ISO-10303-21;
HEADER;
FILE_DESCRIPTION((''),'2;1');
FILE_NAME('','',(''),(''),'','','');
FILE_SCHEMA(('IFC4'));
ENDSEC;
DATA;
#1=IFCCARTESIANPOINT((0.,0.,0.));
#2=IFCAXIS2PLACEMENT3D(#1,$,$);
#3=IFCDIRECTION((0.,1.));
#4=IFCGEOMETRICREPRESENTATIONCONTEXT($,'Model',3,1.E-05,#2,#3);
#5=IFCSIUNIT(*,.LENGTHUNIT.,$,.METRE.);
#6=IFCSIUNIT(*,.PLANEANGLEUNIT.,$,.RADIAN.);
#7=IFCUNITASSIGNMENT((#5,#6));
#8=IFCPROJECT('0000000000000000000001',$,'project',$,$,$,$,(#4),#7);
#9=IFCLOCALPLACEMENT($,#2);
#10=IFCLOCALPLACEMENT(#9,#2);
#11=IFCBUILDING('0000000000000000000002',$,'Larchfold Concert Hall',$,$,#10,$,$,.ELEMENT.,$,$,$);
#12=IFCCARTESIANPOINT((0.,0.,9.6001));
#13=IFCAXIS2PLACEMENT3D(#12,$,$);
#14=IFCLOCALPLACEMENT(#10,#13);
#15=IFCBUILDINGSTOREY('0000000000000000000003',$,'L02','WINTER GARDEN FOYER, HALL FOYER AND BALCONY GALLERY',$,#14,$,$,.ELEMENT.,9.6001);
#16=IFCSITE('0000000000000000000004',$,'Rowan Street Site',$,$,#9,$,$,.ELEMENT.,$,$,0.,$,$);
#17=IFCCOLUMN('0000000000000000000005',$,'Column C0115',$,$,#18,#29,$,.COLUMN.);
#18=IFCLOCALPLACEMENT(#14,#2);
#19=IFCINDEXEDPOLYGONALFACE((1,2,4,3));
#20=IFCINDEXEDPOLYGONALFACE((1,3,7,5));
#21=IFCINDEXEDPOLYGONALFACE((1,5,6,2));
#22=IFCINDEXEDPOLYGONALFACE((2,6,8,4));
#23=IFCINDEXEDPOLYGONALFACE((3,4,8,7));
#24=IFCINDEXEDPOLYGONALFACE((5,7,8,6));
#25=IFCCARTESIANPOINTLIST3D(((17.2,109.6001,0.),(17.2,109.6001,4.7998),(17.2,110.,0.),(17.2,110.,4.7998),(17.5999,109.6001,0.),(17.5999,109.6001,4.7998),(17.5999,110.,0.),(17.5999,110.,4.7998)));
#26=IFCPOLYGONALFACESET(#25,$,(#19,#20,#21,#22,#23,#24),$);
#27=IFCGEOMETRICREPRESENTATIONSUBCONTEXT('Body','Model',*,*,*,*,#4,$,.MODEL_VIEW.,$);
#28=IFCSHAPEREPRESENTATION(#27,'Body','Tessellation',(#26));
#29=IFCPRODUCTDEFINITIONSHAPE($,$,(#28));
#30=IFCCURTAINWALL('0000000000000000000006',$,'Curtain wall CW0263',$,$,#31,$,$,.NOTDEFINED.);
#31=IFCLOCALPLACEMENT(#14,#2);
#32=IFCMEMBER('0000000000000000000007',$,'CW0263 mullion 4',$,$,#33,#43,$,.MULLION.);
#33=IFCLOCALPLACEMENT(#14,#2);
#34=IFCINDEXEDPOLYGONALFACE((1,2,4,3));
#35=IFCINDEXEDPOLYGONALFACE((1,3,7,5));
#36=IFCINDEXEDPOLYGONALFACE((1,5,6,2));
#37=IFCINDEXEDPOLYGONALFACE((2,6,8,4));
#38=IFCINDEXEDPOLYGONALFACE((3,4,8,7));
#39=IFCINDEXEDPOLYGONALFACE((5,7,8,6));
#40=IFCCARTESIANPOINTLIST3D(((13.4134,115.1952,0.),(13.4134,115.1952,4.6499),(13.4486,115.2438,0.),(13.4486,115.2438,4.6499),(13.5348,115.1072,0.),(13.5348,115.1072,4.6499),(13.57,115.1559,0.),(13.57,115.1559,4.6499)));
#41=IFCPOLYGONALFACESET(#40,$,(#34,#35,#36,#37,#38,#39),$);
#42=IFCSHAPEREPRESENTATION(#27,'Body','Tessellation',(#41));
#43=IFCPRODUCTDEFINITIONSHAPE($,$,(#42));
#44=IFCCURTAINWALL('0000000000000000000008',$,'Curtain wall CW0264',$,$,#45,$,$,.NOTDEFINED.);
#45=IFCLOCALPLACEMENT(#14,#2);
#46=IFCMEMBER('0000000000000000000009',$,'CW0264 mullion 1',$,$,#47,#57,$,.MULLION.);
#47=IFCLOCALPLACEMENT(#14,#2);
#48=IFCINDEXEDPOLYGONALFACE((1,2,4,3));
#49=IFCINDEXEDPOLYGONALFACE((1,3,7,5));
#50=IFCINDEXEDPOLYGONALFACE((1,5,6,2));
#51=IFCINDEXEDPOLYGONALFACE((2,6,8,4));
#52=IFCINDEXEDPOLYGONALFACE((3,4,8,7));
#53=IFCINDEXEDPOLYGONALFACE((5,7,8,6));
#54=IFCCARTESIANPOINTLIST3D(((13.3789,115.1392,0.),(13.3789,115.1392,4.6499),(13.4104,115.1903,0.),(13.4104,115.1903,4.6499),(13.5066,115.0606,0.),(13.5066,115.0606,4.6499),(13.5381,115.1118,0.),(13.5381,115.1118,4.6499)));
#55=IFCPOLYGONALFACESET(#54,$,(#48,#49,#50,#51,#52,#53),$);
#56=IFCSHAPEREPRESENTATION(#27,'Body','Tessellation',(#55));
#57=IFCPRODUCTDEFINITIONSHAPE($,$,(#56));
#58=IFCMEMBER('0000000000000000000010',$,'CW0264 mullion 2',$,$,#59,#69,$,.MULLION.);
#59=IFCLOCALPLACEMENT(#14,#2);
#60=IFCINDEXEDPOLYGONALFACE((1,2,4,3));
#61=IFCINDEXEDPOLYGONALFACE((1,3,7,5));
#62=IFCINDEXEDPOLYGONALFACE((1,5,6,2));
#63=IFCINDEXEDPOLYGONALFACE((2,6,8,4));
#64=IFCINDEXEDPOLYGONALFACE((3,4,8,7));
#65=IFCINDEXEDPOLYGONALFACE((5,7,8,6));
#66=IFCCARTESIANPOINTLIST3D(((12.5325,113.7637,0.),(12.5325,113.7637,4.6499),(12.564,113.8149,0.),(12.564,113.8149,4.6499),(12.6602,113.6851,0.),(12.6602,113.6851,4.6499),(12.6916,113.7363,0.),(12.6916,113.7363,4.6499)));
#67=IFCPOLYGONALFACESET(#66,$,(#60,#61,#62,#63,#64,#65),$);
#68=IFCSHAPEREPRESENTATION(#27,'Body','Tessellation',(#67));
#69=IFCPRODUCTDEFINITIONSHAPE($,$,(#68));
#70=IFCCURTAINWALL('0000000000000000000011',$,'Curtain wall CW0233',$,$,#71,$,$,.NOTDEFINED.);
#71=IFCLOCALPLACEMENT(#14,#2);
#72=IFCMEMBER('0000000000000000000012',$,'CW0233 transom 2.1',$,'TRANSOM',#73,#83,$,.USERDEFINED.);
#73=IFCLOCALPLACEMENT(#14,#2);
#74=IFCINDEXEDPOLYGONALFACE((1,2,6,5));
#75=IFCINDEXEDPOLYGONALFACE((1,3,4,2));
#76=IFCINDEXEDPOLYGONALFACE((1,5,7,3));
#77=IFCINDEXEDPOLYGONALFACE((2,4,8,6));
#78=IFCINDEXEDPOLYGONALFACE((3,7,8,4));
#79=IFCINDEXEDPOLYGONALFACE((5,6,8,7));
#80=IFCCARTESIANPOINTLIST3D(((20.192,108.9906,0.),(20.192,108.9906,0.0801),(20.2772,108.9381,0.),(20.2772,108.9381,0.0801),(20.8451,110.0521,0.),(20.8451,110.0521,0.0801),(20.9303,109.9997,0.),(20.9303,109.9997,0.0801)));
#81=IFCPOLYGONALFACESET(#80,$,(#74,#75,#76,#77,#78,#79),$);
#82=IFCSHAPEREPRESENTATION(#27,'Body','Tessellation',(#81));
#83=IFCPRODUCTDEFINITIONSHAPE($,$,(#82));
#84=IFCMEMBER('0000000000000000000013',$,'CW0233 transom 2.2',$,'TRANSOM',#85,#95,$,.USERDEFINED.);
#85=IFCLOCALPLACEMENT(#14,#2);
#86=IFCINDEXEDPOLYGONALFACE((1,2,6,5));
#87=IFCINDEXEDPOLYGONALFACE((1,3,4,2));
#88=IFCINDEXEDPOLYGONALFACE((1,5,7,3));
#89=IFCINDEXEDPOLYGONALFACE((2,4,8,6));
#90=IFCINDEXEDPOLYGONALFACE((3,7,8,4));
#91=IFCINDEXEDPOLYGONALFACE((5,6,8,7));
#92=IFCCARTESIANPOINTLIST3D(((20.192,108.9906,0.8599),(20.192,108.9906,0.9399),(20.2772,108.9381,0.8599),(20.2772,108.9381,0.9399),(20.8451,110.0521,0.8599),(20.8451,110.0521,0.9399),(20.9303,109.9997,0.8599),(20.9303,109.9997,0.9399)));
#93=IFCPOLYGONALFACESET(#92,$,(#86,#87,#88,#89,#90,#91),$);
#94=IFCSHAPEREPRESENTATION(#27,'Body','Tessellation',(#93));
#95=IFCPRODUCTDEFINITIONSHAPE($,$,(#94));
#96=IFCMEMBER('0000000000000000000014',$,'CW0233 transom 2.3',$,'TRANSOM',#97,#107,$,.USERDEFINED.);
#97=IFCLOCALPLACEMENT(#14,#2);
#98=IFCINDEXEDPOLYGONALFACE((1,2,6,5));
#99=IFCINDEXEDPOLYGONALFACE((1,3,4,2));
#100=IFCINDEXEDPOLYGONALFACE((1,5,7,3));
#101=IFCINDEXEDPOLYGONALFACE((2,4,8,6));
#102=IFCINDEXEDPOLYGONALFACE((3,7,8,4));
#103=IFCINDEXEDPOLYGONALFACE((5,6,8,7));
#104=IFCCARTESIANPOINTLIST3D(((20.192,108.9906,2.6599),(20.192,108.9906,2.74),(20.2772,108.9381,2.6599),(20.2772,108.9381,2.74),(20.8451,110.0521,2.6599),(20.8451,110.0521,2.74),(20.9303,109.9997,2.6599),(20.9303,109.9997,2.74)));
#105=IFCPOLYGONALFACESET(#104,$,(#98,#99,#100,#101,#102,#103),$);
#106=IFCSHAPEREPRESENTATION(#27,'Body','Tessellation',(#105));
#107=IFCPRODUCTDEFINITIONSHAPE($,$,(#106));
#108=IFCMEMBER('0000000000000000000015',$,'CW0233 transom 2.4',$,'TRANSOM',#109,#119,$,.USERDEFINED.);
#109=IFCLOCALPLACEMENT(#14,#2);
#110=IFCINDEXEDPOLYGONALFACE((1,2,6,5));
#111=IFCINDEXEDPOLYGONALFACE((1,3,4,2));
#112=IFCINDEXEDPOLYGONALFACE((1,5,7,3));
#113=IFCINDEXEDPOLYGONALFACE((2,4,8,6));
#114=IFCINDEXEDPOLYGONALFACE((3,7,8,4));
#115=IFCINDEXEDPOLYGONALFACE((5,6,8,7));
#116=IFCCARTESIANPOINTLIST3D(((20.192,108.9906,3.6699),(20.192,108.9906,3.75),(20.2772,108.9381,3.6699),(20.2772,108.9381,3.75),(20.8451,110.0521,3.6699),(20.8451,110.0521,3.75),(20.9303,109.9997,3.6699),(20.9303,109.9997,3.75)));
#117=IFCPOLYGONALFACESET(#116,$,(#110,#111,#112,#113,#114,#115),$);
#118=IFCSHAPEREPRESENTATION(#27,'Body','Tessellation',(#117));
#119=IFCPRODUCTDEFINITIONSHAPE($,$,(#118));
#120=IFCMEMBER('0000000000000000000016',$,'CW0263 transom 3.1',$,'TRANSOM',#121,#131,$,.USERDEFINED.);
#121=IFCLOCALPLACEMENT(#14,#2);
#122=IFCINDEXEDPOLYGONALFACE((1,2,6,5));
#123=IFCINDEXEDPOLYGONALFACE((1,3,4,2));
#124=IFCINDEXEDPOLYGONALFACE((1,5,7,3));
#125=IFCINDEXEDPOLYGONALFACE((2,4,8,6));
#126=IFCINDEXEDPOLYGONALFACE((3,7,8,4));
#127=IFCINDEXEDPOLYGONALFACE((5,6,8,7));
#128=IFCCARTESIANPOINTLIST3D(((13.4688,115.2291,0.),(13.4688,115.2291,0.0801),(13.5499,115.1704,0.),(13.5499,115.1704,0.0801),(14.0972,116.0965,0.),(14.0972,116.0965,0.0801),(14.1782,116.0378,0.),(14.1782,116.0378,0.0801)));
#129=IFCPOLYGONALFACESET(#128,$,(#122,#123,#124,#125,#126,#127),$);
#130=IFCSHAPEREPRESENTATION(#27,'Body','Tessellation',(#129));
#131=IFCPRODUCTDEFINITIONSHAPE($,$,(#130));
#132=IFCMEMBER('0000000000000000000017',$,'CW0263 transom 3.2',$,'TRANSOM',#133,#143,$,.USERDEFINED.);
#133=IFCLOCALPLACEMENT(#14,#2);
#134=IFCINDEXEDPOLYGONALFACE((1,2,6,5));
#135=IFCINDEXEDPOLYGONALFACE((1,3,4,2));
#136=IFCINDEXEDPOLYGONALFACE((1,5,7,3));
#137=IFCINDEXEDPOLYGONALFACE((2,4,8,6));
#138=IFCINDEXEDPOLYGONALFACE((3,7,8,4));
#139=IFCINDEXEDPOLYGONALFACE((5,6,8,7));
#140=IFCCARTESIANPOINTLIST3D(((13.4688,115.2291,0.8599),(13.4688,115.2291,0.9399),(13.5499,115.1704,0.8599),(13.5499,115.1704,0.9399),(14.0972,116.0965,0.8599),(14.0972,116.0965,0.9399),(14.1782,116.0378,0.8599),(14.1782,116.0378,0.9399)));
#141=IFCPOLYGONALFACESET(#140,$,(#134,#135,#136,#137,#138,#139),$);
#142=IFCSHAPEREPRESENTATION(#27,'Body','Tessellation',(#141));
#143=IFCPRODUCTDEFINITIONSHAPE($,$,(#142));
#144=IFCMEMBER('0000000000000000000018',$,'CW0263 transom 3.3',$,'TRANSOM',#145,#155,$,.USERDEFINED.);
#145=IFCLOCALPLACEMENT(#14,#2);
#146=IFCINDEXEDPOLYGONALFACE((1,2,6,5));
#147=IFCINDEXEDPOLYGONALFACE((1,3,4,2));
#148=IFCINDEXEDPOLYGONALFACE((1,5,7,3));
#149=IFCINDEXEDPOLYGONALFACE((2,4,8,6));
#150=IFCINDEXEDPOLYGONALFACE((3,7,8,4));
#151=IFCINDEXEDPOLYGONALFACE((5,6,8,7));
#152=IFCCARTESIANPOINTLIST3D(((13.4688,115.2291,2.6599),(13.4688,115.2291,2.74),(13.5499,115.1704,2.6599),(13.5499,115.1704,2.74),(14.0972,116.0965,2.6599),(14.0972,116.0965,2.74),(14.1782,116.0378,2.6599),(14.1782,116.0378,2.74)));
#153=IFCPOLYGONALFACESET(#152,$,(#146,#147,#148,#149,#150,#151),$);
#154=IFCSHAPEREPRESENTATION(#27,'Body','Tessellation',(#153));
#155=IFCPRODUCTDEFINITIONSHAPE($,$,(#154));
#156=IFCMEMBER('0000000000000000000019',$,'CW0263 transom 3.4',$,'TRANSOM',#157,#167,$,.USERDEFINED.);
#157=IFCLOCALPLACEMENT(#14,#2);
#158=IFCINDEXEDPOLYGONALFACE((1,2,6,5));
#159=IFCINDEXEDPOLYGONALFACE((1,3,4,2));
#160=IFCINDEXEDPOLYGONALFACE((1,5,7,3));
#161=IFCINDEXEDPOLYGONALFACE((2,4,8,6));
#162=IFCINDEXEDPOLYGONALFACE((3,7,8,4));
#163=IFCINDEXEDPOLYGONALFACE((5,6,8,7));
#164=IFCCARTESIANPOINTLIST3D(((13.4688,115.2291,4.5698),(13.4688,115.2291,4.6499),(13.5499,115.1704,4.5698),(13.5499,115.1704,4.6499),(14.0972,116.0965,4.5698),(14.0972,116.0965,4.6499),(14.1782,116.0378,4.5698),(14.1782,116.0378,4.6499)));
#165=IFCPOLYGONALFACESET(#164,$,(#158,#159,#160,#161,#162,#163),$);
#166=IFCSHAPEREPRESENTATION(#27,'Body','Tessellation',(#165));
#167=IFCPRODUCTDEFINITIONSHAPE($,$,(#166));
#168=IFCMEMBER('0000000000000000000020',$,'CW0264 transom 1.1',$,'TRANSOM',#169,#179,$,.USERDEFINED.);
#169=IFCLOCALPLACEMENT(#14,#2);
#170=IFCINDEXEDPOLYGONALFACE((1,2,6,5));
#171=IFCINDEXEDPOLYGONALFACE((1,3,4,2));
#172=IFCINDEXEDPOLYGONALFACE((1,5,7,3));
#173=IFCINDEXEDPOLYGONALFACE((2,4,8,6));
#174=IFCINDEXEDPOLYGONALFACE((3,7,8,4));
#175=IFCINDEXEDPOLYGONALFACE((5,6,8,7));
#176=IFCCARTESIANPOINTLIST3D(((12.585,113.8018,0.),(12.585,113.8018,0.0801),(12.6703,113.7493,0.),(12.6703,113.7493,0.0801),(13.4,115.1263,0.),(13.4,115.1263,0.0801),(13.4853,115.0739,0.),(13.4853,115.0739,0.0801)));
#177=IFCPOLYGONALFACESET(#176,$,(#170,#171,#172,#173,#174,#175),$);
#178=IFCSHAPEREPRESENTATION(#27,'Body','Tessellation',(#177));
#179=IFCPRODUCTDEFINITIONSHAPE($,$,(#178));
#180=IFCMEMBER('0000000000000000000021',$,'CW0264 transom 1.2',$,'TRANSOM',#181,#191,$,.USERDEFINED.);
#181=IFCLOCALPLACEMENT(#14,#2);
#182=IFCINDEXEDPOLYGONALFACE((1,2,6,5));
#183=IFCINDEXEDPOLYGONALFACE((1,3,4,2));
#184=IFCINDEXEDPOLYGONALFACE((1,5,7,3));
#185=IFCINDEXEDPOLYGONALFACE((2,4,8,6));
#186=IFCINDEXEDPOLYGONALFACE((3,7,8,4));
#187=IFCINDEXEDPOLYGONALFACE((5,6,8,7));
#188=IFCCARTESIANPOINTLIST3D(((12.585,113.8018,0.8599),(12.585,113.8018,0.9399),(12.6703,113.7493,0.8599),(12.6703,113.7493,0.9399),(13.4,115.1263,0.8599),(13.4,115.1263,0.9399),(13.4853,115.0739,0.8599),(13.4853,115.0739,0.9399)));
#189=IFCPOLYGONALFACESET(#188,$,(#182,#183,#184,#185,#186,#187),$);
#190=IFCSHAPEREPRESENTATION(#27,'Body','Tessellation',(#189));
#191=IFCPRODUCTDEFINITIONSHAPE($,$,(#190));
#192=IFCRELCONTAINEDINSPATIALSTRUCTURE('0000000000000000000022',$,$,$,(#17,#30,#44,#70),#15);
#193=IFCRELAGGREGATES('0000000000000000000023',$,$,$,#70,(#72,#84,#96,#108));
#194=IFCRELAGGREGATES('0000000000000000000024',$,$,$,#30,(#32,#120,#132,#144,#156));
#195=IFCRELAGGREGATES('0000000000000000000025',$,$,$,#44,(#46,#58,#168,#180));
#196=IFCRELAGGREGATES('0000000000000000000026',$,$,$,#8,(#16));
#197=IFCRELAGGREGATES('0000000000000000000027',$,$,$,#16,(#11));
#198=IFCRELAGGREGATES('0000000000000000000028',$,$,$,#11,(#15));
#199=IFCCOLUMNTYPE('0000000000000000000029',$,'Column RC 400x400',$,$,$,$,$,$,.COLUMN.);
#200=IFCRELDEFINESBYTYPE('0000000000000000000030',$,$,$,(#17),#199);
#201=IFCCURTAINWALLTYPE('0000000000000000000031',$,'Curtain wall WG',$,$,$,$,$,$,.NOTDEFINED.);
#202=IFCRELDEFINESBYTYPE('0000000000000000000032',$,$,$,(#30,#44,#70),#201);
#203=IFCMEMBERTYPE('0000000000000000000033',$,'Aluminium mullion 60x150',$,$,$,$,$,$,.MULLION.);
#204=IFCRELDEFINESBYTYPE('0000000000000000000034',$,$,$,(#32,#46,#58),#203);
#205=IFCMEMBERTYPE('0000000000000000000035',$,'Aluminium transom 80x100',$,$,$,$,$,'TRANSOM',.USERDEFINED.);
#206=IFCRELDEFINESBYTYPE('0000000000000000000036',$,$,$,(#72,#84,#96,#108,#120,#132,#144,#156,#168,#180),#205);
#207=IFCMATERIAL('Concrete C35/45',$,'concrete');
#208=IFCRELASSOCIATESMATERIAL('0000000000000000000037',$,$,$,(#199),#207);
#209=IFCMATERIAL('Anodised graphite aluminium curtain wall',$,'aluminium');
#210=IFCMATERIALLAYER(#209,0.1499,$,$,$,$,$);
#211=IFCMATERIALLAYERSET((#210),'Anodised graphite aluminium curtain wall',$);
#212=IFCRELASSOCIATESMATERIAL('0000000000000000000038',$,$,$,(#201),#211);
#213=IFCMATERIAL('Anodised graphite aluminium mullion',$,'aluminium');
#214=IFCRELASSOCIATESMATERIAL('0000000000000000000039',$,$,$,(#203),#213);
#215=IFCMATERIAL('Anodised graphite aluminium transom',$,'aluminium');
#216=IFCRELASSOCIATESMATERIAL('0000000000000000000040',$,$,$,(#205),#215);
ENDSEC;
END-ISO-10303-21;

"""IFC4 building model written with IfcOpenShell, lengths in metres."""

from ifc_helpers import new_model, si_unit, direction, frame, origin, origin_2d, place, context, subcontext, project, spatial, rectangle, extrude, material, layer, layer_set, material_profile, profile_set, type_object, element, aggregate, save


model = new_model("IFC4")

# Units and contexts
model_context = context("Model", 3, precision=1e-05, world=origin(), true_north=direction((0.0, 1.0)))
body_context = subcontext(model_context, "Body", "Model", "MODEL_VIEW")
ifc_project = project(units=[si_unit("LENGTHUNIT", "METRE"), si_unit("PLANEANGLEUNIT", "RADIAN")], contexts=[model_context])

# Site, building, storey
site_placement = place(None, origin())
site = spatial("IfcSite", under=ifc_project, at=site_placement, Name="Rowan Street Site", CompositionType="ELEMENT", RefElevation=0.0)
building_placement = place(site_placement, origin())
building = spatial("IfcBuilding", under=site, at=building_placement, Name="Larchfold Concert Hall", CompositionType="ELEMENT")
storey_placement = place(building_placement, frame((0.0, 0.0, 9.6001)))
storey = spatial("IfcBuildingStorey", under=building, at=storey_placement, Name="L02", Description="WINTER GARDEN FOYER, HALL FOYER AND BALCONY GALLERY", CompositionType="ELEMENT", Elevation=9.6001)

# Column
ifc_material_1 = material(Name="Concrete C35/45", Category="concrete")
ifc_material_profile_1 = material_profile(ifc_material_1, rectangle(XDim=0.3999, YDim=0.3999, at=origin_2d()))
ifc_profile_set_1 = profile_set([ifc_material_profile_1], Name="Concrete C35/45")
column_type = type_object("IfcColumnType", Name="Column RC 400x400", PredefinedType="COLUMN", material=ifc_profile_set_1)
column_placement = place(storey_placement, frame((17.3999, 109.8, 0.0), z_axis=(0.0, 0.0, 1.0), x_axis=(1.0, 0.0, 0.0)))
element("IfcColumn", 1, at=column_placement, inside=storey, type_object=column_type, Name="Column C0115", PredefinedType="COLUMN", context=body_context, shape_type="SweptSolid", body=[
    extrude(rectangle(XDim=0.3999, YDim=0.3999, at=origin_2d()), origin(), (0.0, 0.0, 1.0), 4.7998),
])

# Curtain wall, member
ifc_material_2 = material(Name="Anodised graphite aluminium curtain wall", Category="aluminium")
ifc_layer_1 = layer(ifc_material_2, 0.1499)
ifc_layer_set_1 = layer_set([ifc_layer_1], Name="Anodised graphite aluminium curtain wall")
curtain_wall_type = type_object("IfcCurtainWallType", Name="Curtain wall WG", PredefinedType="NOTDEFINED", material=ifc_layer_set_1)
curtain_wall_1_placement = place(storey_placement, origin())
curtain_wall_1 = element("IfcCurtainWall", 2, at=curtain_wall_1_placement, inside=storey, type_object=curtain_wall_type, Name="Curtain wall CW0263", PredefinedType="NOTDEFINED")
ifc_material_3 = material(Name="Anodised graphite aluminium mullion", Category="aluminium")
ifc_material_profile_2 = material_profile(ifc_material_3, rectangle(XDim=0.1499, YDim=0.0601, at=origin_2d()))
ifc_profile_set_2 = profile_set([ifc_material_profile_2], Name="Anodised graphite aluminium mullion")
member_type_1 = type_object("IfcMemberType", Name="Aluminium mullion 60x150", PredefinedType="MULLION", material=ifc_profile_set_2)
member_1_placement = place(storey_placement, frame((13.4917, 115.1755, 0.0), z_axis=(0.0, 0.0, 1.0), x_axis=(0.809847, -0.586641, 0.0)))
member_1 = element("IfcMember", 3, at=member_1_placement, type_object=member_type_1, Name="CW0263 mullion 4", PredefinedType="MULLION", context=body_context, shape_type="SweptSolid", body=[
    extrude(rectangle(XDim=0.1499, YDim=0.0601, at=origin_2d()), origin(), (0.0, 0.0, 1.0), 4.6499),
])

# Curtain walls, members
curtain_wall_2_placement = place(storey_placement, origin())
curtain_wall_2 = element("IfcCurtainWall", 4, at=curtain_wall_2_placement, inside=storey, type_object=curtain_wall_type, Name="Curtain wall CW0264", PredefinedType="NOTDEFINED")
member_2_placement = place(storey_placement, frame((13.4585, 115.1255, 0.0), z_axis=(0.0, 0.0, 1.0), x_axis=(0.851651, -0.52411, 0.0)))
member_2 = element("IfcMember", 5, at=member_2_placement, type_object=member_type_1, Name="CW0264 mullion 1", PredefinedType="MULLION", context=body_context, shape_type="SweptSolid", body=[
    extrude(rectangle(XDim=0.1499, YDim=0.0601, at=origin_2d()), origin(), (0.0, 0.0, 1.0), 4.6499),
])
member_3_placement = place(storey_placement, frame((12.6121, 113.75, 0.0), z_axis=(0.0, 0.0, 1.0), x_axis=(0.851651, -0.52411, 0.0)))
member_3 = element("IfcMember", 6, at=member_3_placement, type_object=member_type_1, Name="CW0264 mullion 2", PredefinedType="MULLION", context=body_context, shape_type="SweptSolid", body=[
    extrude(rectangle(XDim=0.1499, YDim=0.0601, at=origin_2d()), origin(), (0.0, 0.0, 1.0), 4.6499),
])
curtain_wall_3_placement = place(storey_placement, origin())
curtain_wall_3 = element("IfcCurtainWall", 7, at=curtain_wall_3_placement, inside=storey, type_object=curtain_wall_type, Name="Curtain wall CW0233", PredefinedType="NOTDEFINED")
ifc_material_4 = material(Name="Anodised graphite aluminium transom", Category="aluminium")
ifc_material_profile_3 = material_profile(ifc_material_4, rectangle(XDim=0.1001, YDim=0.0801, at=origin_2d()))
ifc_profile_set_3 = profile_set([ifc_material_profile_3], Name="Anodised graphite aluminium transom")
member_type_2 = type_object("IfcMemberType", Name="Aluminium transom 80x100", ElementType="TRANSOM", PredefinedType="USERDEFINED", material=ifc_profile_set_3)
member_4_placement = place(storey_placement, frame((20.2346, 108.9644, 0.04), z_axis=(0.523999, 0.851719, 0.0), x_axis=(-0.851719, 0.523999, 0.0)))
member_4 = element("IfcMember", 8, at=member_4_placement, type_object=member_type_2, Name="CW0233 transom 2.1", ObjectType="TRANSOM", PredefinedType="USERDEFINED", context=body_context, shape_type="SweptSolid", body=[
    extrude(rectangle(XDim=0.1001, YDim=0.0801, at=origin_2d()), origin(), (0.0, 0.0, 1.0), 1.2463),
])
member_5_placement = place(storey_placement, frame((20.2346, 108.9644, 0.8999), z_axis=(0.523999, 0.851719, 0.0), x_axis=(-0.851719, 0.523999, 0.0)))
member_5 = element("IfcMember", 9, at=member_5_placement, type_object=member_type_2, Name="CW0233 transom 2.2", ObjectType="TRANSOM", PredefinedType="USERDEFINED", context=body_context, shape_type="SweptSolid", body=[
    extrude(rectangle(XDim=0.1001, YDim=0.0801, at=origin_2d()), origin(), (0.0, 0.0, 1.0), 1.2463),
])
member_6_placement = place(storey_placement, frame((20.2346, 108.9644, 2.7), z_axis=(0.523999, 0.851719, 0.0), x_axis=(-0.851719, 0.523999, 0.0)))
member_6 = element("IfcMember", 10, at=member_6_placement, type_object=member_type_2, Name="CW0233 transom 2.3", ObjectType="TRANSOM", PredefinedType="USERDEFINED", context=body_context, shape_type="SweptSolid", body=[
    extrude(rectangle(XDim=0.1001, YDim=0.0801, at=origin_2d()), origin(), (0.0, 0.0, 1.0), 1.2463),
])
member_7_placement = place(storey_placement, frame((20.2346, 108.9644, 3.71), z_axis=(0.523999, 0.851719, 0.0), x_axis=(-0.851719, 0.523999, 0.0)))
member_7 = element("IfcMember", 11, at=member_7_placement, type_object=member_type_2, Name="CW0233 transom 2.4", ObjectType="TRANSOM", PredefinedType="USERDEFINED", context=body_context, shape_type="SweptSolid", body=[
    extrude(rectangle(XDim=0.1001, YDim=0.0801, at=origin_2d()), origin(), (0.0, 0.0, 1.0), 1.2463),
])
aggregate(curtain_wall_3, [member_4, member_5, member_6, member_7])

# Members
member_8_placement = place(storey_placement, frame((14.1377, 116.0671, 0.04), z_axis=(-0.58668, -0.809819, 0.0), x_axis=(0.809819, -0.58668, 0.0)))
member_8 = element("IfcMember", 12, at=member_8_placement, type_object=member_type_2, Name="CW0263 transom 3.1", ObjectType="TRANSOM", PredefinedType="USERDEFINED", context=body_context, shape_type="SweptSolid", body=[
    extrude(rectangle(XDim=0.1001, YDim=0.0801, at=origin_2d()), origin(), (0.0, 0.0, 1.0), 1.071),
])
member_9_placement = place(storey_placement, frame((14.1377, 116.0671, 0.8999), z_axis=(-0.58668, -0.809819, 0.0), x_axis=(0.809819, -0.58668, 0.0)))
member_9 = element("IfcMember", 13, at=member_9_placement, type_object=member_type_2, Name="CW0263 transom 3.2", ObjectType="TRANSOM", PredefinedType="USERDEFINED", context=body_context, shape_type="SweptSolid", body=[
    extrude(rectangle(XDim=0.1001, YDim=0.0801, at=origin_2d()), origin(), (0.0, 0.0, 1.0), 1.071),
])
member_10_placement = place(storey_placement, frame((14.1377, 116.0671, 2.7), z_axis=(-0.58668, -0.809819, 0.0), x_axis=(0.809819, -0.58668, 0.0)))
member_10 = element("IfcMember", 14, at=member_10_placement, type_object=member_type_2, Name="CW0263 transom 3.3", ObjectType="TRANSOM", PredefinedType="USERDEFINED", context=body_context, shape_type="SweptSolid", body=[
    extrude(rectangle(XDim=0.1001, YDim=0.0801, at=origin_2d()), origin(), (0.0, 0.0, 1.0), 1.071),
])
member_11_placement = place(storey_placement, frame((14.1377, 116.0671, 4.6099), z_axis=(-0.58668, -0.809819, 0.0), x_axis=(0.809819, -0.58668, 0.0)))
member_11 = element("IfcMember", 15, at=member_11_placement, type_object=member_type_2, Name="CW0263 transom 3.4", ObjectType="TRANSOM", PredefinedType="USERDEFINED", context=body_context, shape_type="SweptSolid", body=[
    extrude(rectangle(XDim=0.1001, YDim=0.0801, at=origin_2d()), origin(), (0.0, 0.0, 1.0), 1.071),
])
member_12_placement = place(storey_placement, frame((13.4426, 115.1001, 0.04), z_axis=(-0.524045, -0.851691, 0.0), x_axis=(0.851691, -0.524045, 0.0)))
member_12 = element("IfcMember", 16, at=member_12_placement, type_object=member_type_2, Name="CW0264 transom 1.1", ObjectType="TRANSOM", PredefinedType="USERDEFINED", context=body_context, shape_type="SweptSolid", body=[
    extrude(rectangle(XDim=0.1001, YDim=0.0801, at=origin_2d()), origin(), (0.0, 0.0, 1.0), 1.5552),
])
member_13_placement = place(storey_placement, frame((13.4426, 115.1001, 0.8999), z_axis=(-0.524045, -0.851691, 0.0), x_axis=(0.851691, -0.524045, 0.0)))
member_13 = element("IfcMember", 17, at=member_13_placement, type_object=member_type_2, Name="CW0264 transom 1.2", ObjectType="TRANSOM", PredefinedType="USERDEFINED", context=body_context, shape_type="SweptSolid", body=[
    extrude(rectangle(XDim=0.1001, YDim=0.0801, at=origin_2d()), origin(), (0.0, 0.0, 1.0), 1.5552),
])

aggregate(curtain_wall_1, [member_1, member_8, member_9, member_10, member_11])
aggregate(curtain_wall_2, [member_2, member_3, member_12, member_13])

save(model, "model.ifc")
